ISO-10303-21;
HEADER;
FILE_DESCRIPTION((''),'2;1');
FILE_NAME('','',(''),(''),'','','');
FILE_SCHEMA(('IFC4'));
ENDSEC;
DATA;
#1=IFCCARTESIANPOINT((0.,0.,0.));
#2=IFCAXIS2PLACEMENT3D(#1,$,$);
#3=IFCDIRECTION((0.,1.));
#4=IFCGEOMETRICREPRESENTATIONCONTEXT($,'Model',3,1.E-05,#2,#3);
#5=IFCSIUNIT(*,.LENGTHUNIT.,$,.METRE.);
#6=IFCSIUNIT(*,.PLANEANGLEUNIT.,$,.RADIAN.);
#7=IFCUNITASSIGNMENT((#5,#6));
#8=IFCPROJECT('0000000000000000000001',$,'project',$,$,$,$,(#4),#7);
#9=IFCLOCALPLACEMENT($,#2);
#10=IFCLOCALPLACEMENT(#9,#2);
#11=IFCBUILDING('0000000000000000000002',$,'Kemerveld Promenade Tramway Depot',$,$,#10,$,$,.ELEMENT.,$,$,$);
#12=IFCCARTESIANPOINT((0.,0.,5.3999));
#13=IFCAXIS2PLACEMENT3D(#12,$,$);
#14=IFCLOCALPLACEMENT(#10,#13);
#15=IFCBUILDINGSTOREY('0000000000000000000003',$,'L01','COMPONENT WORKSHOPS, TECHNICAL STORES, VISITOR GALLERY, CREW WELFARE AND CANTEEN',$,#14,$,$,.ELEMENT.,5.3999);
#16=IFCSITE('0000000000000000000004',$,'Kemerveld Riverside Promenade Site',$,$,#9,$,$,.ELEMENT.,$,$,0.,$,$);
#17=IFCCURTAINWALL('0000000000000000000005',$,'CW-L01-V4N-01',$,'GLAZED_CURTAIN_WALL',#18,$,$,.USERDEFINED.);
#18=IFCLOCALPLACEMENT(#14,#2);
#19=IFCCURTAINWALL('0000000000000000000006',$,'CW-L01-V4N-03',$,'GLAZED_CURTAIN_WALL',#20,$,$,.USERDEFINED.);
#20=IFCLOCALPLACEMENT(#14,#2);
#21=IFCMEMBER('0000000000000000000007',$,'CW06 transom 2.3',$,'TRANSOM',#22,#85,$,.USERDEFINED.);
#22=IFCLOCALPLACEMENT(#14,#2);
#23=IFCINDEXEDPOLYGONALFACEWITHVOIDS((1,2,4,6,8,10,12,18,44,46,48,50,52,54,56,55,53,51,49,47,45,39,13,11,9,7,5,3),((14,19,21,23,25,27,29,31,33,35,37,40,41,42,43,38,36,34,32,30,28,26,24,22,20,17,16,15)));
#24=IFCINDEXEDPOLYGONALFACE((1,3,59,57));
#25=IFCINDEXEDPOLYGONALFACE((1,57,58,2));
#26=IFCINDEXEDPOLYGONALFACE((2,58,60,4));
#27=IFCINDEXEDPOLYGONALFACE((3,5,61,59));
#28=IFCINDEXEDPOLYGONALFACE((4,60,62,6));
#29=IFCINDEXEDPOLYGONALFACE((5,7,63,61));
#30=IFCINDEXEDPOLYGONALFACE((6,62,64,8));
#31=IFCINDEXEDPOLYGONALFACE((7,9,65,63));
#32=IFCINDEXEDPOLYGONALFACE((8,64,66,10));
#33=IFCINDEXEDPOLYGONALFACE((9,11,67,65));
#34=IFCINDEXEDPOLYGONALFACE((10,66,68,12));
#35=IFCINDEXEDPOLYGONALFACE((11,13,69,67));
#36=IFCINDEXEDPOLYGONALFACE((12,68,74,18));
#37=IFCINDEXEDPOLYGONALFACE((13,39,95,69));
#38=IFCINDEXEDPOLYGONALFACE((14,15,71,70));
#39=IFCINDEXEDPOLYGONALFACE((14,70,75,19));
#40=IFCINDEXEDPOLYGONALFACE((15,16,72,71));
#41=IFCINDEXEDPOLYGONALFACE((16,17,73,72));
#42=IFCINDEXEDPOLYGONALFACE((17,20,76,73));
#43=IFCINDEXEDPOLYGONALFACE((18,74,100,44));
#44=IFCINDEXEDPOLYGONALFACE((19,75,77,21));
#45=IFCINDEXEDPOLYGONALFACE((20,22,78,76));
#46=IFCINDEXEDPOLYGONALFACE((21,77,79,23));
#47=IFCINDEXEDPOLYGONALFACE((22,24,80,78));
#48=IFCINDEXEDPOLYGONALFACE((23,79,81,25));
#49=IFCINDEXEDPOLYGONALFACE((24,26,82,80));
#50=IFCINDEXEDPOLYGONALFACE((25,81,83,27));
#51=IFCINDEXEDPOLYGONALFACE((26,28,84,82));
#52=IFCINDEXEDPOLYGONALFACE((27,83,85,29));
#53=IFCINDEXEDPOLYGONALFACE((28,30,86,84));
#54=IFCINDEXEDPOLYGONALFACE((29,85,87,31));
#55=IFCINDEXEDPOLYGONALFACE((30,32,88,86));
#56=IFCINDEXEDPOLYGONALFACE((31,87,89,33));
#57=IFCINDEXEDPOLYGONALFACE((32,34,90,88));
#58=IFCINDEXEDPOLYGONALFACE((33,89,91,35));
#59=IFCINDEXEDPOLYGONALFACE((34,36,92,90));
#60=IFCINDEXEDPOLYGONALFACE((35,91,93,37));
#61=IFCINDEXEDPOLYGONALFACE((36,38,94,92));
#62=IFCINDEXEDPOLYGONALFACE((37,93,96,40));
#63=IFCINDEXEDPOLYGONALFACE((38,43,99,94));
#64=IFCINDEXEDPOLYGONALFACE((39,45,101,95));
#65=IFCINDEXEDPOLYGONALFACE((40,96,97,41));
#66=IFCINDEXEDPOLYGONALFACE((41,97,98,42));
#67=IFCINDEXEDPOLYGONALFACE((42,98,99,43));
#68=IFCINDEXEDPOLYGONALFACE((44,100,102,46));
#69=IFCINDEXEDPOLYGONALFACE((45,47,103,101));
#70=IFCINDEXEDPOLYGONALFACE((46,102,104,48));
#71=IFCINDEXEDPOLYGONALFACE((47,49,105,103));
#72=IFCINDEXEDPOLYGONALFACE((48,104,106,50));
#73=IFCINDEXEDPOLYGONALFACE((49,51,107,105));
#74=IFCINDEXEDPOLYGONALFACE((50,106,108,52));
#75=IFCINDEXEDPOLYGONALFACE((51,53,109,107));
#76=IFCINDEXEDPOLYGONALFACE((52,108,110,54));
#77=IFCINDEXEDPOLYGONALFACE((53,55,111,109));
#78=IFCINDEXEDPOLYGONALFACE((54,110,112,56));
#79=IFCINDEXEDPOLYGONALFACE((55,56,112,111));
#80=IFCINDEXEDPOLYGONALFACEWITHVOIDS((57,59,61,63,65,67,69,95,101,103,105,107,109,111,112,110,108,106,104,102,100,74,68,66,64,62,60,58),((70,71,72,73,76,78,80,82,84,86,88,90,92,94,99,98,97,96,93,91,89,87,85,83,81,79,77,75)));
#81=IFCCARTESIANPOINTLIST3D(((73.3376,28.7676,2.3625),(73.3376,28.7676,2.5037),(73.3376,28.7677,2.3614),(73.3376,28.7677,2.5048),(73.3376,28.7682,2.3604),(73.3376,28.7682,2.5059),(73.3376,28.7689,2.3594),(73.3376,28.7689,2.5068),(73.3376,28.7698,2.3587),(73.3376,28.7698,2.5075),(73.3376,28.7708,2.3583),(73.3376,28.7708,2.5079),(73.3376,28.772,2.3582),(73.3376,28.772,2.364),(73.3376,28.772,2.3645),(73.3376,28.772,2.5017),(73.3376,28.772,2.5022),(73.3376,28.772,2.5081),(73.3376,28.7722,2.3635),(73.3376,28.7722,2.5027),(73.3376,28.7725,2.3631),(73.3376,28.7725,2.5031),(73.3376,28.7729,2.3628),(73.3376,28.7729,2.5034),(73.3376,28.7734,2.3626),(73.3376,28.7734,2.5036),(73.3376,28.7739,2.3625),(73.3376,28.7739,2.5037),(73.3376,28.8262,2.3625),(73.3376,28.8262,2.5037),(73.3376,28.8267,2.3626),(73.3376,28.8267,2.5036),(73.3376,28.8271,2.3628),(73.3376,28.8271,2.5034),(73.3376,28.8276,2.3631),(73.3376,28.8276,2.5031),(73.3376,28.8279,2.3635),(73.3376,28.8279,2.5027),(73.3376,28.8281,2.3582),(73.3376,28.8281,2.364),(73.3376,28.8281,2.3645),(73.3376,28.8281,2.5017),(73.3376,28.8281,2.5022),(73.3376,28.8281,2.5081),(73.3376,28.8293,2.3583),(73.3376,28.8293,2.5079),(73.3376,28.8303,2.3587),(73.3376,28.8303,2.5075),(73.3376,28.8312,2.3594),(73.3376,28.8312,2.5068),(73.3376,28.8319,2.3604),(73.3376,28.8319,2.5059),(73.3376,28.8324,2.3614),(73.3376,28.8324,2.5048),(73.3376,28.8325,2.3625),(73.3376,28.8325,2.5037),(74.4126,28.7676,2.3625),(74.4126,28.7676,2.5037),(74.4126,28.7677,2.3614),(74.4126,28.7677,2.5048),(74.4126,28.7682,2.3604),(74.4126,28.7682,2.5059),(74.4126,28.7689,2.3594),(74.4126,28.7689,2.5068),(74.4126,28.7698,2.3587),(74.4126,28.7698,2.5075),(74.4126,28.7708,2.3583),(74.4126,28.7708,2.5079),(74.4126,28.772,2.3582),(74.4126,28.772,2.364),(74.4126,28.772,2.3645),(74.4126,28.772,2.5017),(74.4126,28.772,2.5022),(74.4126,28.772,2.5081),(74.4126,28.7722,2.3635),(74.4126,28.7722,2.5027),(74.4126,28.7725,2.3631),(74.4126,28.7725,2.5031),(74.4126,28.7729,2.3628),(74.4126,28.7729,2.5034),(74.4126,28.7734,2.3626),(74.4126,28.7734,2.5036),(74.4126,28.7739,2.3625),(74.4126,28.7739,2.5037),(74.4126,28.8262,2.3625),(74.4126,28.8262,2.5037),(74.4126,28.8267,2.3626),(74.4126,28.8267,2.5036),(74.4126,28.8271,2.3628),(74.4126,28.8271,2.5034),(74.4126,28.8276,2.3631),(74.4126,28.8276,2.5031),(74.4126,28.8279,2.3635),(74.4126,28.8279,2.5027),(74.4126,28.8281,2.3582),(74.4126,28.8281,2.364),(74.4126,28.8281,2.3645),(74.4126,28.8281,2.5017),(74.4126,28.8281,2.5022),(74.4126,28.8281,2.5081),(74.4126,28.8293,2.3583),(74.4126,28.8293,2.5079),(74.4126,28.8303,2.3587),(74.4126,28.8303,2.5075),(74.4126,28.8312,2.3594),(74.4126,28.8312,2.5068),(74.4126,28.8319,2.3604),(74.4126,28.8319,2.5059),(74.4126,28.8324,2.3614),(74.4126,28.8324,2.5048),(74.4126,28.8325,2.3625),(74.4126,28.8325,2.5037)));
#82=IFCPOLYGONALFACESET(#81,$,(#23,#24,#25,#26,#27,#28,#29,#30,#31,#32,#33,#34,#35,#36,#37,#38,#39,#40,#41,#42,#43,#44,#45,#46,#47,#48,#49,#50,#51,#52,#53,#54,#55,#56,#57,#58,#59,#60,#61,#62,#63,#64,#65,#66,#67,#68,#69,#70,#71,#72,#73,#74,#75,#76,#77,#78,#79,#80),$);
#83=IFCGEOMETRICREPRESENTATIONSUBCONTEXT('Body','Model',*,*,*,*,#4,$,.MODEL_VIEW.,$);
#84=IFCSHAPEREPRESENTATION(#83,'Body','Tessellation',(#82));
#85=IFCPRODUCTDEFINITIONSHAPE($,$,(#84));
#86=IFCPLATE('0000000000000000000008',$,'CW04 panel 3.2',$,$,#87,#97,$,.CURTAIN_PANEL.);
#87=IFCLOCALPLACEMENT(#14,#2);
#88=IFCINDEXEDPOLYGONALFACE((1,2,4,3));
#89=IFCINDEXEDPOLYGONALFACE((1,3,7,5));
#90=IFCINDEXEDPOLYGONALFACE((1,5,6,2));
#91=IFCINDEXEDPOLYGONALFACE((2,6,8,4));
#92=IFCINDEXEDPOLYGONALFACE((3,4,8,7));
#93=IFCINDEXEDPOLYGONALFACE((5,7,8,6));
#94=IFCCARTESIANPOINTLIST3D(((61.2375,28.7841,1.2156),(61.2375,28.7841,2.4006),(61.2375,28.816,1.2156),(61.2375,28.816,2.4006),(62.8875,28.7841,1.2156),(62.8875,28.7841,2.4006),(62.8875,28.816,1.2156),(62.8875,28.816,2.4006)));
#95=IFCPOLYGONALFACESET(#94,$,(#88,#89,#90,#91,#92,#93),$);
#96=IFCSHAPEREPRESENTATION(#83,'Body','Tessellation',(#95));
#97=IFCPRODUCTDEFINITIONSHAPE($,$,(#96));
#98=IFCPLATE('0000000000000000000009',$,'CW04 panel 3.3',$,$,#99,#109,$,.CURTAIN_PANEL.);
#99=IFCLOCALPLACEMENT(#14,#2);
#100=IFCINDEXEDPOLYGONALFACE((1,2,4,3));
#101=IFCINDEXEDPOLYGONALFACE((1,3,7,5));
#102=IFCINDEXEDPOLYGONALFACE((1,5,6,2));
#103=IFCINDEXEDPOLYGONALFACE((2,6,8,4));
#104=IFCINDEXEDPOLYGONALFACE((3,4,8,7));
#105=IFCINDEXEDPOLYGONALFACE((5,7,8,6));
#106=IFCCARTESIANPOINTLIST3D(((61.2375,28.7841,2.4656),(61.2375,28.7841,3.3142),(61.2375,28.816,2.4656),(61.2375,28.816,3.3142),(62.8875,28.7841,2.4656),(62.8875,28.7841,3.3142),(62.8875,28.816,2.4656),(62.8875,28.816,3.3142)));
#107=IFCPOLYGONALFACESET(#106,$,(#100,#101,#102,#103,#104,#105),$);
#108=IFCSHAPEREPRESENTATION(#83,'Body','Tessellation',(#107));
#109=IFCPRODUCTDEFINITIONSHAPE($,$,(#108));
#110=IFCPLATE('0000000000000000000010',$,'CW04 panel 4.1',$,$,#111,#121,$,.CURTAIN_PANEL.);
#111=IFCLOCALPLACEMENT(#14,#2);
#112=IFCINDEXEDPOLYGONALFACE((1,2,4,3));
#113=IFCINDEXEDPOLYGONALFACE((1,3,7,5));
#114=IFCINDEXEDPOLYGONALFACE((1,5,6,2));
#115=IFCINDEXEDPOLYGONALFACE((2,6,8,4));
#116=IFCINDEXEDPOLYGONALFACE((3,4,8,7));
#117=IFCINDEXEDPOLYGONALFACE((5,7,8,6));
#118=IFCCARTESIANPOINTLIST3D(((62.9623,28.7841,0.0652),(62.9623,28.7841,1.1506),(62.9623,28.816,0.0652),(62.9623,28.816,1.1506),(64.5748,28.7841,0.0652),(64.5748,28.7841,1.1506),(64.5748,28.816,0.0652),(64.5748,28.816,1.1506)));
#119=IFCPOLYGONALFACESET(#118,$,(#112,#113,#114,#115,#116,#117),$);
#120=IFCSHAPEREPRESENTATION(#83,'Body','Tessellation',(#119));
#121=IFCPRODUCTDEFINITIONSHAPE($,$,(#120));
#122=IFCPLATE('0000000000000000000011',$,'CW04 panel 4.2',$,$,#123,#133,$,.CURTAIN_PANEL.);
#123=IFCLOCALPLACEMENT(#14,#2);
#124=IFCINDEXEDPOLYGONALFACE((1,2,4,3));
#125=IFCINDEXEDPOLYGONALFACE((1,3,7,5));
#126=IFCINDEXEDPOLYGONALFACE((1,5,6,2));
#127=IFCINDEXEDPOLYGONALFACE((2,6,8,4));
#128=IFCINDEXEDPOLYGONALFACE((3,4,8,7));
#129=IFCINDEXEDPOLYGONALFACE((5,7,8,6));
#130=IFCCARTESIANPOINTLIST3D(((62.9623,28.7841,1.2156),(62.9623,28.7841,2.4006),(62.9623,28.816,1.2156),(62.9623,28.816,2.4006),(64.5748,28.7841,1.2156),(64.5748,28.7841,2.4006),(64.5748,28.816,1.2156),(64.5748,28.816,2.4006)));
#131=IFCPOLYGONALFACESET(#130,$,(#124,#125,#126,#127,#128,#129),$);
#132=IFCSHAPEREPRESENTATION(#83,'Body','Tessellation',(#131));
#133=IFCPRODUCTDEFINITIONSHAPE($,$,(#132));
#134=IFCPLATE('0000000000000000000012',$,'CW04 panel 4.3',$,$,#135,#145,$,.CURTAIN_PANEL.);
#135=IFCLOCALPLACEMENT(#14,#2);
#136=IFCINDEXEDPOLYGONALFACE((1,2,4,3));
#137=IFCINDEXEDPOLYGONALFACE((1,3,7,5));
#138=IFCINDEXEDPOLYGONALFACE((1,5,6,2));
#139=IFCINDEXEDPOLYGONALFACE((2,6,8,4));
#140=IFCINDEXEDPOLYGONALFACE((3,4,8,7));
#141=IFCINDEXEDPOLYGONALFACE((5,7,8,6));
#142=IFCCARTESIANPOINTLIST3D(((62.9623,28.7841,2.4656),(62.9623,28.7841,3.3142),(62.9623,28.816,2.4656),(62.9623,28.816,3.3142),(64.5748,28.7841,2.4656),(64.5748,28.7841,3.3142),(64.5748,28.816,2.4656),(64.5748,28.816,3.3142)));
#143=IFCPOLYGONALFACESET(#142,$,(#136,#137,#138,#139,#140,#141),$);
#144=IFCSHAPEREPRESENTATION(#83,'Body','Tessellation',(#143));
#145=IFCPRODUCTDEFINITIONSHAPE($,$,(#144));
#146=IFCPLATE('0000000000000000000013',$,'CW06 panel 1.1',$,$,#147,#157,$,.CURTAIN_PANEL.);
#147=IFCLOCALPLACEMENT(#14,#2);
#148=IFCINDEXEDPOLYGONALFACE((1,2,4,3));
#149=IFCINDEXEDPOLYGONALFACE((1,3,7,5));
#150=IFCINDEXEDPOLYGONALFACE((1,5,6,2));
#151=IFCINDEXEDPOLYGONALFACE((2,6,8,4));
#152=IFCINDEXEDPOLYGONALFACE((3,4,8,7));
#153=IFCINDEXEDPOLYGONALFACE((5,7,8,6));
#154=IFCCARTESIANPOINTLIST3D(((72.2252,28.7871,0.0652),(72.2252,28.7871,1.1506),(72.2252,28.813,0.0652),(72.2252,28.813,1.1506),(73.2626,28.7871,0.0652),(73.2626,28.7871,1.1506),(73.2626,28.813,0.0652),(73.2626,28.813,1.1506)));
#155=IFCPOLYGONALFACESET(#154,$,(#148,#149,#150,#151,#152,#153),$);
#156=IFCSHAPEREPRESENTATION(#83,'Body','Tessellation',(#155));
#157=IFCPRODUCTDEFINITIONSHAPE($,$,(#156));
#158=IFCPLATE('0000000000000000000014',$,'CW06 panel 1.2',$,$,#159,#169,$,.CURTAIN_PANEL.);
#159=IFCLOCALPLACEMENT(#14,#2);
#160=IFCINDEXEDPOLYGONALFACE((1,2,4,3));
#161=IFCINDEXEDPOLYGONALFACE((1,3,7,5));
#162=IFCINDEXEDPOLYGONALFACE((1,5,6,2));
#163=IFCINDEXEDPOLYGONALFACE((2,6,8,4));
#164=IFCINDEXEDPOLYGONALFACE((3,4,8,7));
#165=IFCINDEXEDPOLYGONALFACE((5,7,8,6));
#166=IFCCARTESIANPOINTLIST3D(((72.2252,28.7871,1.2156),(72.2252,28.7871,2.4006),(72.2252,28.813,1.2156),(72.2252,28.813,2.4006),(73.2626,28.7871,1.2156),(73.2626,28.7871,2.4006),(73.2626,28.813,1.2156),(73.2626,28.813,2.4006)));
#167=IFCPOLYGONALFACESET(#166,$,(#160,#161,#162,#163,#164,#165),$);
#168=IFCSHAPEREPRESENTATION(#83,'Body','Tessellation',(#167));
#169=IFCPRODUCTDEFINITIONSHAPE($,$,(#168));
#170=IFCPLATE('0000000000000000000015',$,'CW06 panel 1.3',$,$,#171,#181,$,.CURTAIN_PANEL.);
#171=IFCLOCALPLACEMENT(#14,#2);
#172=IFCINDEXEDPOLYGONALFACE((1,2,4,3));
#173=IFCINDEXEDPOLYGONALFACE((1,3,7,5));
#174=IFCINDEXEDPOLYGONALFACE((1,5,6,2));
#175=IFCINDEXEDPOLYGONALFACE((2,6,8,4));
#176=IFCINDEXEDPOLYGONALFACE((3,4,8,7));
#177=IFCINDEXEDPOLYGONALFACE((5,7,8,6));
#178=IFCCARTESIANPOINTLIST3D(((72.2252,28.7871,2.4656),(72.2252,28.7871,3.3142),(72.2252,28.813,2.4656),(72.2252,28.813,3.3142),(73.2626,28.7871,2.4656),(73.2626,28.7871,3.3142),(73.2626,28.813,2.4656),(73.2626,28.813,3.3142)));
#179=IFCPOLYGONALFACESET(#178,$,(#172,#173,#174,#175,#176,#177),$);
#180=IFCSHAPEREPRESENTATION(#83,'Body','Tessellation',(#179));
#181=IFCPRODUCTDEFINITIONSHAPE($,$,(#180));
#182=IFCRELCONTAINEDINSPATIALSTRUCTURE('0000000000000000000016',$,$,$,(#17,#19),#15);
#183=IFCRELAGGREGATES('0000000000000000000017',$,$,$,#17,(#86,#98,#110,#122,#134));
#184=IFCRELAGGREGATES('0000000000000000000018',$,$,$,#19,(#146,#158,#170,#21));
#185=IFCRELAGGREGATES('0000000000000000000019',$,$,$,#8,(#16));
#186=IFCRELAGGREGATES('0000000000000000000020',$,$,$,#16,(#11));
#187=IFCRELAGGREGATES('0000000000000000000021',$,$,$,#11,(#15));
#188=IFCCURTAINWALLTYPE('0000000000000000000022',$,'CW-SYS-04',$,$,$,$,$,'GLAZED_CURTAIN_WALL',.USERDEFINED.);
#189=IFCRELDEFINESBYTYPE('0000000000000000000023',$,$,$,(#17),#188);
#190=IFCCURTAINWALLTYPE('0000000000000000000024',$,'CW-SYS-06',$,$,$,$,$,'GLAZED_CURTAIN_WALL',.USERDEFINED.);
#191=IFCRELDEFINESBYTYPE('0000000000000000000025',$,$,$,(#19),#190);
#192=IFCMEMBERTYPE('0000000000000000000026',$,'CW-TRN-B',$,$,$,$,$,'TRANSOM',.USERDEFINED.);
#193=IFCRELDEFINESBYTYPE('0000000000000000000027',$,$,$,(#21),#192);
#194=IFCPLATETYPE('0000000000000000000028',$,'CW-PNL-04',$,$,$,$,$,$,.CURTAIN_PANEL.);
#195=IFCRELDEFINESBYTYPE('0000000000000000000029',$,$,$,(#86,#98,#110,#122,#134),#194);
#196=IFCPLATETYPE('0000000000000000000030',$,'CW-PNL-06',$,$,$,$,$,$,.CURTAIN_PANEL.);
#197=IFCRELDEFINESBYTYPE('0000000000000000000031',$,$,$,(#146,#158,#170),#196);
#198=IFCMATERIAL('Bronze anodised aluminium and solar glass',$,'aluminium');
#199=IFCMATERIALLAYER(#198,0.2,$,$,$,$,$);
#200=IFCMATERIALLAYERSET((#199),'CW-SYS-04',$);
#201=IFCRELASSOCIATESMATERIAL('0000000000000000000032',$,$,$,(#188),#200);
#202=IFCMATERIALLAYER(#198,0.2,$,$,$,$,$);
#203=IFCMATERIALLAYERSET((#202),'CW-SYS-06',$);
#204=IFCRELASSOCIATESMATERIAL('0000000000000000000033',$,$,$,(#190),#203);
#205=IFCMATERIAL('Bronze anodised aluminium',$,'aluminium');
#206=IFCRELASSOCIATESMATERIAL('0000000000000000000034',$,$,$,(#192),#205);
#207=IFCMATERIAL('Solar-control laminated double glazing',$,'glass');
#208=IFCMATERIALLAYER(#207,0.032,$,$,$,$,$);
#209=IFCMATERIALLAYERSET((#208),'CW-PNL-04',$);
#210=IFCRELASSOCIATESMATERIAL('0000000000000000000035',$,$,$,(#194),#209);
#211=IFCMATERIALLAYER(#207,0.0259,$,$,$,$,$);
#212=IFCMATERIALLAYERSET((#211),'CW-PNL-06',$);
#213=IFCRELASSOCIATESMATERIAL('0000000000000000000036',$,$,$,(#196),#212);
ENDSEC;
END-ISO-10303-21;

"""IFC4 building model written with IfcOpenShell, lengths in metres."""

from ifc_helpers import new_model, si_unit, direction, frame, origin, origin_2d, place, context, subcontext, project, spatial, rectangle, hollow_rectangle, extrude, material, layer, layer_set, material_profile, profile_set, type_object, element, aggregate, save


model = new_model("IFC4")

# Units and contexts
model_context = context("Model", 3, precision=1e-05, world=origin(), true_north=direction((0.0, 1.0)))
body_context = subcontext(model_context, "Body", "Model", "MODEL_VIEW")
ifc_project = project(units=[si_unit("LENGTHUNIT", "METRE"), si_unit("PLANEANGLEUNIT", "RADIAN")], contexts=[model_context])

# Site, building, storey
site_placement = place(None, origin())
site = spatial("IfcSite", under=ifc_project, at=site_placement, Name="Kemerveld Riverside Promenade Site", CompositionType="ELEMENT", RefElevation=0.0)
building_placement = place(site_placement, origin())
building = spatial("IfcBuilding", under=site, at=building_placement, Name="Kemerveld Promenade Tramway Depot", CompositionType="ELEMENT")
storey_placement = place(building_placement, frame((0.0, 0.0, 5.3999)))
storey = spatial("IfcBuildingStorey", under=building, at=storey_placement, Name="L01", Description="COMPONENT WORKSHOPS, TECHNICAL STORES, VISITOR GALLERY, CREW WELFARE AND CANTEEN", CompositionType="ELEMENT", Elevation=5.3999)

# Curtain walls
ifc_material_1 = material(Name="Bronze anodised aluminium and solar glass", Category="aluminium")
ifc_layer_1 = layer(ifc_material_1, 0.2)
ifc_layer_set_1 = layer_set([ifc_layer_1], Name="CW-SYS-04")
curtain_wall_type_1 = type_object("IfcCurtainWallType", Name="CW-SYS-04", ElementType="GLAZED_CURTAIN_WALL", PredefinedType="USERDEFINED", material=ifc_layer_set_1)
curtain_wall_1_placement = place(storey_placement, origin())
curtain_wall_1 = element("IfcCurtainWall", 1, at=curtain_wall_1_placement, inside=storey, type_object=curtain_wall_type_1, Name="CW-L01-V4N-01", ObjectType="GLAZED_CURTAIN_WALL", PredefinedType="USERDEFINED")
ifc_material_2 = material(Name="Bronze anodised aluminium", Category="aluminium")
ifc_layer_2 = layer(ifc_material_1, 0.2)
ifc_layer_set_2 = layer_set([ifc_layer_2], Name="CW-SYS-06")
curtain_wall_type_2 = type_object("IfcCurtainWallType", Name="CW-SYS-06", ElementType="GLAZED_CURTAIN_WALL", PredefinedType="USERDEFINED", material=ifc_layer_set_2)
curtain_wall_2_placement = place(storey_placement, origin())
curtain_wall_2 = element("IfcCurtainWall", 2, at=curtain_wall_2_placement, inside=storey, type_object=curtain_wall_type_2, Name="CW-L01-V4N-03", ObjectType="GLAZED_CURTAIN_WALL", PredefinedType="USERDEFINED")

# Member
ifc_material_profile_1 = material_profile(ifc_material_2, hollow_rectangle(XDim=0.0649, YDim=0.1499, WallThickness=0.0044, InnerFilletRadius=0.002, OuterFilletRadius=0.0044, at=origin_2d()), Name="CW-TRN-150x65")
ifc_profile_set_1 = profile_set([ifc_material_profile_1], Name="Bronze anodised aluminium")
member_type_1 = type_object("IfcMemberType", Name="CW-TRN-B", ElementType="TRANSOM", PredefinedType="USERDEFINED", material=ifc_profile_set_1)
member_1_placement = place(storey_placement, frame((73.3376, 28.8, 2.4331), z_axis=(1.0, 0.0, 0.0), x_axis=(0.0, 1.0, 0.0)))
member_1 = element("IfcMember", 3, at=member_1_placement, type_object=member_type_1, Name="CW06 transom 2.3", ObjectType="TRANSOM", PredefinedType="USERDEFINED", context=body_context, shape_type="SweptSolid", body=[
    extrude(hollow_rectangle(XDim=0.0649, YDim=0.1499, WallThickness=0.0044, InnerFilletRadius=0.002, OuterFilletRadius=0.0044, at=origin_2d()), origin(), (0.0, 0.0, 1.0), 1.075),
])

# Plates
ifc_material_3 = material(Name="Solar-control laminated double glazing", Category="glass")
ifc_layer_3 = layer(ifc_material_3, 0.032)
ifc_layer_set_3 = layer_set([ifc_layer_3], Name="CW-PNL-04")
plate_type_1 = type_object("IfcPlateType", Name="CW-PNL-04", PredefinedType="CURTAIN_PANEL", material=ifc_layer_set_3)
plate_1_placement = place(storey_placement, frame((62.0625, 28.8, 1.2156), z_axis=(0.0, 0.0, 1.0), x_axis=(1.0, 0.0, 0.0)))
plate_1 = element("IfcPlate", 4, at=plate_1_placement, type_object=plate_type_1, Name="CW04 panel 3.2", PredefinedType="CURTAIN_PANEL", context=body_context, shape_type="SweptSolid", body=[
    extrude(rectangle(XDim=1.6499, YDim=0.032, at=origin_2d()), origin(), (0.0, 0.0, 1.0), 1.1851),
])
plate_2_placement = place(storey_placement, frame((62.0625, 28.8, 2.4656), z_axis=(0.0, 0.0, 1.0), x_axis=(1.0, 0.0, 0.0)))
plate_2 = element("IfcPlate", 5, at=plate_2_placement, type_object=plate_type_1, Name="CW04 panel 3.3", PredefinedType="CURTAIN_PANEL", context=body_context, shape_type="SweptSolid", body=[
    extrude(rectangle(XDim=1.6499, YDim=0.032, at=origin_2d()), origin(), (0.0, 0.0, 1.0), 0.8486),
])
plate_3_placement = place(storey_placement, frame((63.7686, 28.8, 0.0652), z_axis=(0.0, 0.0, 1.0), x_axis=(1.0, 0.0, 0.0)))
plate_3 = element("IfcPlate", 6, at=plate_3_placement, type_object=plate_type_1, Name="CW04 panel 4.1", PredefinedType="CURTAIN_PANEL", context=body_context, shape_type="SweptSolid", body=[
    extrude(rectangle(XDim=1.6125, YDim=0.032, at=origin_2d()), origin(), (0.0, 0.0, 1.0), 1.0854),
])
plate_4_placement = place(storey_placement, frame((63.7686, 28.8, 1.2156), z_axis=(0.0, 0.0, 1.0), x_axis=(1.0, 0.0, 0.0)))
plate_4 = element("IfcPlate", 7, at=plate_4_placement, type_object=plate_type_1, Name="CW04 panel 4.2", PredefinedType="CURTAIN_PANEL", context=body_context, shape_type="SweptSolid", body=[
    extrude(rectangle(XDim=1.6125, YDim=0.032, at=origin_2d()), origin(), (0.0, 0.0, 1.0), 1.1851),
])
plate_5_placement = place(storey_placement, frame((63.7686, 28.8, 2.4656), z_axis=(0.0, 0.0, 1.0), x_axis=(1.0, 0.0, 0.0)))
plate_5 = element("IfcPlate", 8, at=plate_5_placement, type_object=plate_type_1, Name="CW04 panel 4.3", PredefinedType="CURTAIN_PANEL", context=body_context, shape_type="SweptSolid", body=[
    extrude(rectangle(XDim=1.6125, YDim=0.032, at=origin_2d()), origin(), (0.0, 0.0, 1.0), 0.8486),
])
aggregate(curtain_wall_1, [plate_1, plate_2, plate_3, plate_4, plate_5])
ifc_layer_4 = layer(ifc_material_3, 0.0259)
ifc_layer_set_4 = layer_set([ifc_layer_4], Name="CW-PNL-06")
plate_type_2 = type_object("IfcPlateType", Name="CW-PNL-06", PredefinedType="CURTAIN_PANEL", material=ifc_layer_set_4)
plate_6_placement = place(storey_placement, frame((72.7439, 28.8, 0.0652), z_axis=(0.0, 0.0, 1.0), x_axis=(1.0, 0.0, 0.0)))
plate_6 = element("IfcPlate", 9, at=plate_6_placement, type_object=plate_type_2, Name="CW06 panel 1.1", PredefinedType="CURTAIN_PANEL", context=body_context, shape_type="SweptSolid", body=[
    extrude(rectangle(XDim=1.0374, YDim=0.0259, at=origin_2d()), origin(), (0.0, 0.0, 1.0), 1.0854),
])
plate_7_placement = place(storey_placement, frame((72.7439, 28.8, 1.2156), z_axis=(0.0, 0.0, 1.0), x_axis=(1.0, 0.0, 0.0)))
plate_7 = element("IfcPlate", 10, at=plate_7_placement, type_object=plate_type_2, Name="CW06 panel 1.2", PredefinedType="CURTAIN_PANEL", context=body_context, shape_type="SweptSolid", body=[
    extrude(rectangle(XDim=1.0374, YDim=0.0259, at=origin_2d()), origin(), (0.0, 0.0, 1.0), 1.1851),
])
plate_8_placement = place(storey_placement, frame((72.7439, 28.8, 2.4656), z_axis=(0.0, 0.0, 1.0), x_axis=(1.0, 0.0, 0.0)))
plate_8 = element("IfcPlate", 11, at=plate_8_placement, type_object=plate_type_2, Name="CW06 panel 1.3", PredefinedType="CURTAIN_PANEL", context=body_context, shape_type="SweptSolid", body=[
    extrude(rectangle(XDim=1.0374, YDim=0.0259, at=origin_2d()), origin(), (0.0, 0.0, 1.0), 0.8486),
])
aggregate(curtain_wall_2, [plate_6, plate_7, plate_8, member_1])

save(model, "model.ifc")
